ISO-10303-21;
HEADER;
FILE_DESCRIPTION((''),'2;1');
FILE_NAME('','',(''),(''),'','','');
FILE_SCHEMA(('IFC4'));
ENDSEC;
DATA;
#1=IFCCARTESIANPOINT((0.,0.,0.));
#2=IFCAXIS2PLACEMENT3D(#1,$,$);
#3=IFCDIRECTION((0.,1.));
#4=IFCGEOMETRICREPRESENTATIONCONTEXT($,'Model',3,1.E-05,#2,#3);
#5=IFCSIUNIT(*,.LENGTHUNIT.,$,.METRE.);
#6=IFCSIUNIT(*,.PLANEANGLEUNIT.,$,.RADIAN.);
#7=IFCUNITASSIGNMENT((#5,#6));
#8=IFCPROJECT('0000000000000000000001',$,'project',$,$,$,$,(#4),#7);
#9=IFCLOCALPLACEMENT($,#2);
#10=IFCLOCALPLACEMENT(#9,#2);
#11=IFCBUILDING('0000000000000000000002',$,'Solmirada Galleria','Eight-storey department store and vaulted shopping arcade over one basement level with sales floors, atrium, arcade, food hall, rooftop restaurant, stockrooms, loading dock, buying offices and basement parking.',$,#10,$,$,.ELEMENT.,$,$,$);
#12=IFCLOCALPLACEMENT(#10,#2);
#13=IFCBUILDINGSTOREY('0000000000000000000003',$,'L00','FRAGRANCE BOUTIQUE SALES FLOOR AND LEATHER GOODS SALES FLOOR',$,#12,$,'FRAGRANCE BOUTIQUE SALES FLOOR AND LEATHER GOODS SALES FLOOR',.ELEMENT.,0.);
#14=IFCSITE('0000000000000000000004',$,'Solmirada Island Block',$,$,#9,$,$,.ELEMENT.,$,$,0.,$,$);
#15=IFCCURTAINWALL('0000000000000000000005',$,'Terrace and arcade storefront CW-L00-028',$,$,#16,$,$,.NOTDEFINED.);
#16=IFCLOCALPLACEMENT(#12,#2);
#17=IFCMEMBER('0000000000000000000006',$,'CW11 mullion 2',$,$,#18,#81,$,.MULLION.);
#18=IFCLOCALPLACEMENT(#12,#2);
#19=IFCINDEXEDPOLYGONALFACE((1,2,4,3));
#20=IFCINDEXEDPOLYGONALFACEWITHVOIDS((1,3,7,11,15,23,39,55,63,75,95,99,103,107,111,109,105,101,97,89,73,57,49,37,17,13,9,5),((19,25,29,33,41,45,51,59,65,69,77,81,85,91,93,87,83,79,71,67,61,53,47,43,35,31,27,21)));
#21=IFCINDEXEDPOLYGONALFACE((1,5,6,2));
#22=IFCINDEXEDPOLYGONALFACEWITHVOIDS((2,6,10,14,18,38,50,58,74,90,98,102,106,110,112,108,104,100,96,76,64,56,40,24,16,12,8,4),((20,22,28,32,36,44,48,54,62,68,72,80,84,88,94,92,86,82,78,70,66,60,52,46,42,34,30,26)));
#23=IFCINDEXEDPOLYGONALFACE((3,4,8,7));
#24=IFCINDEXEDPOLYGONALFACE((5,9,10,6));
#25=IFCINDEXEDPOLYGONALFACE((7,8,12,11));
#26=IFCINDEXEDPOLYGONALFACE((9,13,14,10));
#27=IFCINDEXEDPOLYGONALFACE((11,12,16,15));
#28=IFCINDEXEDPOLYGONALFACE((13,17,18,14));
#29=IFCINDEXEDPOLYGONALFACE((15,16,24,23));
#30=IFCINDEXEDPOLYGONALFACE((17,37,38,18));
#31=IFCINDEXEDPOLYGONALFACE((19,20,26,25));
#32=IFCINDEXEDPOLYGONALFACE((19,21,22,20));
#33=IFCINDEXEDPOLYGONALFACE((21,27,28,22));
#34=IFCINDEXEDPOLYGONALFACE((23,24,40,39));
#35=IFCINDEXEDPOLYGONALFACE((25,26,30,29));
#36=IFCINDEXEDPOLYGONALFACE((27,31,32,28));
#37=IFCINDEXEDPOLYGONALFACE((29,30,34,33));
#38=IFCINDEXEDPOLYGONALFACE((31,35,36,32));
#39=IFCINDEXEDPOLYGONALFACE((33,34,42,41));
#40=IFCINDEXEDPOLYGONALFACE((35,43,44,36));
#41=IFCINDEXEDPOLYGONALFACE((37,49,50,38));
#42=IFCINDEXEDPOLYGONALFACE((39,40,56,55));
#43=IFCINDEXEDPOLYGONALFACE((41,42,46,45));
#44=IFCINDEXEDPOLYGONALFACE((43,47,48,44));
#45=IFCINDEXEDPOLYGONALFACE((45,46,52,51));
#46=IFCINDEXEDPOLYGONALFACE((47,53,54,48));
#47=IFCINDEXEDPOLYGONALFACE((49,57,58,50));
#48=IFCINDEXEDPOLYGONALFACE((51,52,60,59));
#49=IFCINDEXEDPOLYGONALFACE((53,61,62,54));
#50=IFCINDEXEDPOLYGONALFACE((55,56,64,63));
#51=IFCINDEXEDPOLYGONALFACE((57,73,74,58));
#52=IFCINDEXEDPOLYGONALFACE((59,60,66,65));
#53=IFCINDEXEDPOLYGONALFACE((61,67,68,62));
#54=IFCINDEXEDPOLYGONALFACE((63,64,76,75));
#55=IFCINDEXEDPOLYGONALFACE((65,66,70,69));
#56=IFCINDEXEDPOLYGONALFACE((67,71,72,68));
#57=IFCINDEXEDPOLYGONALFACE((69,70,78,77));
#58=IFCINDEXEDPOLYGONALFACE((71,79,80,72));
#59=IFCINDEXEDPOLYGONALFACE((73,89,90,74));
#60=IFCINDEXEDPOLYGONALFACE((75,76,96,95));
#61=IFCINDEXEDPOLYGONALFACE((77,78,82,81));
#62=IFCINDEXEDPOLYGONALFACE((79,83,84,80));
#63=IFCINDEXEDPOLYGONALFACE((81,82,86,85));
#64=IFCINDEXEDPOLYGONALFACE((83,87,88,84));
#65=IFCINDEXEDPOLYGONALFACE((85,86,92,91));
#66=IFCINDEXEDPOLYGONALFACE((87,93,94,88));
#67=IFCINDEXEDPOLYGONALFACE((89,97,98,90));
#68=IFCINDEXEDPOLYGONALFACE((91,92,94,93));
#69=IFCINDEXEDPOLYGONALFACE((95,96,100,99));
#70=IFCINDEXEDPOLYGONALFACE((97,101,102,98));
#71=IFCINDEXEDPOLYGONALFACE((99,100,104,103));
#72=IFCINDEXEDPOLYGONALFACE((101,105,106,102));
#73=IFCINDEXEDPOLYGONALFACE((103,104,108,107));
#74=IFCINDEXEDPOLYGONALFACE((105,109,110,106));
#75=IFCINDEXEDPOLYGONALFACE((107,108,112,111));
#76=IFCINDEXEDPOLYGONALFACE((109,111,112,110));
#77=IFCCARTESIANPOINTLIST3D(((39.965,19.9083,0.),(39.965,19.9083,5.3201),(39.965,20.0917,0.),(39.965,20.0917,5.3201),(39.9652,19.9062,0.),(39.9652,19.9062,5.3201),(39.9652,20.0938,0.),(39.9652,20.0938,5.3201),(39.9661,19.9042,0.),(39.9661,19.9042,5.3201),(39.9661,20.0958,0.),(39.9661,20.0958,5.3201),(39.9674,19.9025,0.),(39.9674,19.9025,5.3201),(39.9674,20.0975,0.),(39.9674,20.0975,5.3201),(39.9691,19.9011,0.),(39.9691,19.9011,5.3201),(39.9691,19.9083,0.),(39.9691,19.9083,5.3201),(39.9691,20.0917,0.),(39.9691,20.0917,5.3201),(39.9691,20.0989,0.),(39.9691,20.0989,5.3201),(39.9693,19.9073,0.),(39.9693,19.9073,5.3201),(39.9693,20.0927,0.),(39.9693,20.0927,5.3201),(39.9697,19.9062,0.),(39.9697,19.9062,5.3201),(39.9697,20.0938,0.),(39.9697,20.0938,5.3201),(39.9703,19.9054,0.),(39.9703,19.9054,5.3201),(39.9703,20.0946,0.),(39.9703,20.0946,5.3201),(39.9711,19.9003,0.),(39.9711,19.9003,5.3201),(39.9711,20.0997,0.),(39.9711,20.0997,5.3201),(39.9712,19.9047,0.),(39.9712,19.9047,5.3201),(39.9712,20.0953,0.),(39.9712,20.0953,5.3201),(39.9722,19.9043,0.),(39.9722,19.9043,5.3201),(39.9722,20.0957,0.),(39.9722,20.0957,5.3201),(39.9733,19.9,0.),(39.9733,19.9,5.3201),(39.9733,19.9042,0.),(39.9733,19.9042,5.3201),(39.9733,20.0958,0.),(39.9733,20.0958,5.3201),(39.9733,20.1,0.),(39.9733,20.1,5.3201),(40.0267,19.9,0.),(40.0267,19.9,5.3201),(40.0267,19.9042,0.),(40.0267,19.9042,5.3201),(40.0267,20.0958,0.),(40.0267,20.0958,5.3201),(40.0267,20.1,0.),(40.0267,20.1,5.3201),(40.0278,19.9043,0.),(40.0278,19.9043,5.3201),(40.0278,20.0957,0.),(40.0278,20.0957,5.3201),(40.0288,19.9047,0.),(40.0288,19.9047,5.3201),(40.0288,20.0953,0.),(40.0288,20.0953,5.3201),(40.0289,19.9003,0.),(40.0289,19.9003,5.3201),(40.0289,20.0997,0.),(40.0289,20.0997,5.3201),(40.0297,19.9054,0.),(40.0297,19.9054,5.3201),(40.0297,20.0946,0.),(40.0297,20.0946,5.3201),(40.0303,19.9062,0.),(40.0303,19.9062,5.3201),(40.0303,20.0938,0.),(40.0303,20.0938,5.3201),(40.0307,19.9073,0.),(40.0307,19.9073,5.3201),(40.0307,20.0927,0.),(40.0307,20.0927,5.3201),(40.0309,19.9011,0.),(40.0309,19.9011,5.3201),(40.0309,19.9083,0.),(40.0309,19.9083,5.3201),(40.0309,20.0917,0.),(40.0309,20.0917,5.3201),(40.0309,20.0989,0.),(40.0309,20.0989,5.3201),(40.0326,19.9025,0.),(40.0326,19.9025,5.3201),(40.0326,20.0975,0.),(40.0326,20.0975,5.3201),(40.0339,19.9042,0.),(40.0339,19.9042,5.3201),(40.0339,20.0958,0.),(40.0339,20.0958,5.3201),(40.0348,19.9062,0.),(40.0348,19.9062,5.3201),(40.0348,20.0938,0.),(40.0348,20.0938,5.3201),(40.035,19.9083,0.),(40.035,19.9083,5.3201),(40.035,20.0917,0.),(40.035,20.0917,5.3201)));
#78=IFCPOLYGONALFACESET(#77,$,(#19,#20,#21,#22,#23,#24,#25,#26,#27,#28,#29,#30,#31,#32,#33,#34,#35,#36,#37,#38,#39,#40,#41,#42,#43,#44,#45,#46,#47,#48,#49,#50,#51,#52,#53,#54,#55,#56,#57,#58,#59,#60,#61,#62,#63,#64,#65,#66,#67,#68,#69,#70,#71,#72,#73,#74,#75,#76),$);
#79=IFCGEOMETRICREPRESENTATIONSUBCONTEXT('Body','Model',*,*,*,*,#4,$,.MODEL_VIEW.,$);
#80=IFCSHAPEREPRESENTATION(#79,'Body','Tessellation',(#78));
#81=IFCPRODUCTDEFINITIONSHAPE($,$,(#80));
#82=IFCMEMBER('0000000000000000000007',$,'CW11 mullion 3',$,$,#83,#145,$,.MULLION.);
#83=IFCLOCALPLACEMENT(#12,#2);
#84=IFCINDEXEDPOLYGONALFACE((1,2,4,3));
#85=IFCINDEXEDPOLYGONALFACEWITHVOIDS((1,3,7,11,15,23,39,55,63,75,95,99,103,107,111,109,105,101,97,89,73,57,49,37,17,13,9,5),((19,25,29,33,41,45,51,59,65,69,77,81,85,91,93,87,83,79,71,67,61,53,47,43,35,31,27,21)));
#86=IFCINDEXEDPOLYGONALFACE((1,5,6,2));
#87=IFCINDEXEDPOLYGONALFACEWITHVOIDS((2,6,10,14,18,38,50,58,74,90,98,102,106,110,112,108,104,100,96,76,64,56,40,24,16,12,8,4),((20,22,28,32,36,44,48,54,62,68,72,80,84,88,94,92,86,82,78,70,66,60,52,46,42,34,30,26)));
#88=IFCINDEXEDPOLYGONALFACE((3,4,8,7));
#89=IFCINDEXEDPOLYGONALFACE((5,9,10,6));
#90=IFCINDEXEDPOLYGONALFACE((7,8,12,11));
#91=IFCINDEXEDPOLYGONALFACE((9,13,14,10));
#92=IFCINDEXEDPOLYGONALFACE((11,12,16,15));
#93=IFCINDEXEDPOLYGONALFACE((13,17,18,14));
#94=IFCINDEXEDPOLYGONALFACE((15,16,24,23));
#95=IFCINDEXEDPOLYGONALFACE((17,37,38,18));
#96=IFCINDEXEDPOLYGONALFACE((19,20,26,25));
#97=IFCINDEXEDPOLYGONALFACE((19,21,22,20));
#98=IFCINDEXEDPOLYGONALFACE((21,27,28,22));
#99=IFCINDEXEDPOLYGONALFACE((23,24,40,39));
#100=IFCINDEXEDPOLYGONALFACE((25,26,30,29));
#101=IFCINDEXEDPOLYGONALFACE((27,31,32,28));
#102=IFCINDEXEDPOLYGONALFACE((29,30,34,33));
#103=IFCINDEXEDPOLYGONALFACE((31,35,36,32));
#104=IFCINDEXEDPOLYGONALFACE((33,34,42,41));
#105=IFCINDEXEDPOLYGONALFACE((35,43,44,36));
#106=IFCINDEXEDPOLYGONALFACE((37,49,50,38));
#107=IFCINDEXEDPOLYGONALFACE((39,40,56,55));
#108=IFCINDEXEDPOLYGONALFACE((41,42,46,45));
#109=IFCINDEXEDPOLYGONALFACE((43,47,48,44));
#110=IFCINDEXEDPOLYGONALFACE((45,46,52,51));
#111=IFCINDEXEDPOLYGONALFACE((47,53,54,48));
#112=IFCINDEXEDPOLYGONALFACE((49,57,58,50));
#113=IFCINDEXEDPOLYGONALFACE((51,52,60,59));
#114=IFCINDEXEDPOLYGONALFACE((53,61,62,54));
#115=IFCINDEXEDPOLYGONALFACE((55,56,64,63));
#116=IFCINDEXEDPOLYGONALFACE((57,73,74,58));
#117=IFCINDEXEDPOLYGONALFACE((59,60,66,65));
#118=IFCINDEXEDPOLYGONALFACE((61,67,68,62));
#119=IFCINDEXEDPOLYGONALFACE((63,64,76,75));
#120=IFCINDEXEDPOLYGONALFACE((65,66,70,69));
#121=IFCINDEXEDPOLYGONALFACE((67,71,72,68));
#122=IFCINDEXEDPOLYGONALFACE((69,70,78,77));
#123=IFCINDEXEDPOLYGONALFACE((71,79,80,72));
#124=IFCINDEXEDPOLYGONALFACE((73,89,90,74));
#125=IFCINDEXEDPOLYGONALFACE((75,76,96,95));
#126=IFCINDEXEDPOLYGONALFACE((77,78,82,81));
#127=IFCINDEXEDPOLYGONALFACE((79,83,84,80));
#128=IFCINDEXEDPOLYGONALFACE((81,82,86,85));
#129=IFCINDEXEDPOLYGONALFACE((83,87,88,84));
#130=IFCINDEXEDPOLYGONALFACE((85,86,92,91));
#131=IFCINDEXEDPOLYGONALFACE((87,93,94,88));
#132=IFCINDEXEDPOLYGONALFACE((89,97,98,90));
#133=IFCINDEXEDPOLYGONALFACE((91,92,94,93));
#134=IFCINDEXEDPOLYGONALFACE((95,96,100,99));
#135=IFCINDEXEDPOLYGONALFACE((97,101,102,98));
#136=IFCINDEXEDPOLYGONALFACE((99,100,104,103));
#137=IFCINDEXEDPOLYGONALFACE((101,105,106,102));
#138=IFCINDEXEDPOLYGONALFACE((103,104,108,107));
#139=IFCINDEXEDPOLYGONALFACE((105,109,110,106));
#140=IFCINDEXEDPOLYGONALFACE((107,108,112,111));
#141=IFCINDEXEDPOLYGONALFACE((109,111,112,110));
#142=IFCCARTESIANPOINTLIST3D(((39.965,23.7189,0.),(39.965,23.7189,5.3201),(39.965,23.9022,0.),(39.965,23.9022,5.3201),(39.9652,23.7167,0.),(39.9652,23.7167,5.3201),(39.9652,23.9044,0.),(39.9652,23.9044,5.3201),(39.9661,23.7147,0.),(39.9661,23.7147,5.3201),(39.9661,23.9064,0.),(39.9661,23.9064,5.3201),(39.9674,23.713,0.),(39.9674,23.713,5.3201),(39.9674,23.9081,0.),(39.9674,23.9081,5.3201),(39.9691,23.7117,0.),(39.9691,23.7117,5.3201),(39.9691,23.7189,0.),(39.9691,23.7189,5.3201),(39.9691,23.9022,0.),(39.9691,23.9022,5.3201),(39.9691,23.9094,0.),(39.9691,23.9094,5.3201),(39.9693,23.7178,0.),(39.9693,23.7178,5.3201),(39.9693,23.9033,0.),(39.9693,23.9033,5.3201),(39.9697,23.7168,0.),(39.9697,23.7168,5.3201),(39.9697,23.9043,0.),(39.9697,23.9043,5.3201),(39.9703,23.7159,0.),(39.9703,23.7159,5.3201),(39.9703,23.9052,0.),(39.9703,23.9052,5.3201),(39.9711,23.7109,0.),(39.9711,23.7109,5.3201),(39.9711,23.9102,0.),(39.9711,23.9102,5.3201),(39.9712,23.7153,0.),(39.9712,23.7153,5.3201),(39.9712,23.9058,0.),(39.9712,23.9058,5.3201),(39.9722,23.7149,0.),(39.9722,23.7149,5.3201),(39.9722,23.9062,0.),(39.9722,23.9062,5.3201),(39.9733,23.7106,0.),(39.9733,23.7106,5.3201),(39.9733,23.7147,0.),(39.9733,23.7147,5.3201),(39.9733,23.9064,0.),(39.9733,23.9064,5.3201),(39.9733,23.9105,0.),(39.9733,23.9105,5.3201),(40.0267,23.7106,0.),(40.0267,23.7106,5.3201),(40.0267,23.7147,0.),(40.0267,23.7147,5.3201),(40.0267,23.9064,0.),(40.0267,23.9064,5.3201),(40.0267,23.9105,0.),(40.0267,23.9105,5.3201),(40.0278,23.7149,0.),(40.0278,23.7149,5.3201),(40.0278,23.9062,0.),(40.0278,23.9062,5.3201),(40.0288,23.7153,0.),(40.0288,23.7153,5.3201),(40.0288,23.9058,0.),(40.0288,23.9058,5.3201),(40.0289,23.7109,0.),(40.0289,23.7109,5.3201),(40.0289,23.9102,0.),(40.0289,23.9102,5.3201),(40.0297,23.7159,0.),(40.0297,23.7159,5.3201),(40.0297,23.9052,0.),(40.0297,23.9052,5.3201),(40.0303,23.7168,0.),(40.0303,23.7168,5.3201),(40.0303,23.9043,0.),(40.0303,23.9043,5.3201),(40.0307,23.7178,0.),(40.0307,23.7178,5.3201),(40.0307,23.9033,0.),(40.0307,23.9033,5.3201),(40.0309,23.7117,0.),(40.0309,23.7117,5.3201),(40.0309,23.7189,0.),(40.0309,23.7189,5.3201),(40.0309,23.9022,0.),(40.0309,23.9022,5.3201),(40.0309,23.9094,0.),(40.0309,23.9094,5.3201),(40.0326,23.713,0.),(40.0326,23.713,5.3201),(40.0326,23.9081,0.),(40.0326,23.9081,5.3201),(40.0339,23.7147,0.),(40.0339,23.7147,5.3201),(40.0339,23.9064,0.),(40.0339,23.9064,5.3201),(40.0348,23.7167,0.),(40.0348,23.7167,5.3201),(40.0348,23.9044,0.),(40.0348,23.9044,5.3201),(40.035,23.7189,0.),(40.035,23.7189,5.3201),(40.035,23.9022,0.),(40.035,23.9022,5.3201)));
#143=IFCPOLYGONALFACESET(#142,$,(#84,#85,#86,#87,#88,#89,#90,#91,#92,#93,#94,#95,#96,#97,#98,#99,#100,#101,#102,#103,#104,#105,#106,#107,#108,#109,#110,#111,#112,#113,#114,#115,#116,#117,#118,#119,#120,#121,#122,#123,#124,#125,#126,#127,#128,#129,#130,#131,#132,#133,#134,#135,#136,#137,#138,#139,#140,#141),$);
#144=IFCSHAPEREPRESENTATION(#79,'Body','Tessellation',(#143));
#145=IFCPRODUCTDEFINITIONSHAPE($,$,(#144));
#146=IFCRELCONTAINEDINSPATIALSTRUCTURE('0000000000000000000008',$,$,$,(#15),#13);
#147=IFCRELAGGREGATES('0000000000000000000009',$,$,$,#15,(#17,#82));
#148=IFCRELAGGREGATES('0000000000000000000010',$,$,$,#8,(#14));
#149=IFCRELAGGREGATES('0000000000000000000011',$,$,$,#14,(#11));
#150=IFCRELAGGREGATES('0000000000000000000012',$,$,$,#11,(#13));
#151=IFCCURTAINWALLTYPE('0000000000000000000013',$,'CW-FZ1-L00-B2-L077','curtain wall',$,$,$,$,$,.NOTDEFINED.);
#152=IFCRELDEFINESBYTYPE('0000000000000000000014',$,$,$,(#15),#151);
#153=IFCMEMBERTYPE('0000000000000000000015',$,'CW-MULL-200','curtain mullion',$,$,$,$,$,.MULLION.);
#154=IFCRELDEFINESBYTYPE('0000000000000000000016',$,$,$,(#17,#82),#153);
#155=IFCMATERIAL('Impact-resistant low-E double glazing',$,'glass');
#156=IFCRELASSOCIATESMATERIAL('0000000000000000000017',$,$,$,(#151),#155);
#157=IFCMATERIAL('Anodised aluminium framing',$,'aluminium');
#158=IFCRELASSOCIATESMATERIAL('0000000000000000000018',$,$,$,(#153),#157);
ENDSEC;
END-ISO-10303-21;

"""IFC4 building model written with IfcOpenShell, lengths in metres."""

from ifc_helpers import new_model, si_unit, direction, frame, origin, origin_2d, place, context, subcontext, project, spatial, hollow_rectangle, extrude, material, material_profile, profile_set, type_object, element, aggregate, save


model = new_model("IFC4")

# Units and contexts
model_context = context("Model", 3, precision=1e-05, world=origin(), true_north=direction((0.0, 1.0)))
body_context = subcontext(model_context, "Body", "Model", "MODEL_VIEW")
ifc_project = project(units=[si_unit("LENGTHUNIT", "METRE"), si_unit("PLANEANGLEUNIT", "RADIAN")], contexts=[model_context])

# Site, building, storey
site_placement = place(None, origin())
site = spatial("IfcSite", under=ifc_project, at=site_placement, Name="Solmirada Island Block", CompositionType="ELEMENT", RefElevation=0.0)
building_placement = place(site_placement, origin())
building = spatial("IfcBuilding", under=site, at=building_placement, Name="Solmirada Galleria", Description="Eight-storey department store and vaulted shopping arcade over one basement level with sales floors, atrium, arcade, food hall, rooftop restaurant, stockrooms, loading dock, buying offices and basement parking.", CompositionType="ELEMENT")
storey_placement = place(building_placement, origin())
storey = spatial("IfcBuildingStorey", under=building, at=storey_placement, Name="L00", Description="FRAGRANCE BOUTIQUE SALES FLOOR AND LEATHER GOODS SALES FLOOR", LongName="FRAGRANCE BOUTIQUE SALES FLOOR AND LEATHER GOODS SALES FLOOR", CompositionType="ELEMENT", Elevation=0.0)

# Curtain wall, members
ifc_material_1 = material(Name="Impact-resistant low-E double glazing", Category="glass")
curtain_wall_type = type_object("IfcCurtainWallType", Name="CW-FZ1-L00-B2-L077", Description="curtain wall", PredefinedType="NOTDEFINED", material=ifc_material_1)
curtain_wall_placement = place(storey_placement, origin())
curtain_wall = element("IfcCurtainWall", 1, at=curtain_wall_placement, inside=storey, type_object=curtain_wall_type, Name="Terrace and arcade storefront CW-L00-028", PredefinedType="NOTDEFINED")
ifc_material_2 = material(Name="Anodised aluminium framing", Category="aluminium")
ifc_material_profile_1 = material_profile(ifc_material_2, hollow_rectangle(XDim=0.0701, YDim=0.2, WallThickness=0.0042, InnerFilletRadius=0.0042, OuterFilletRadius=0.0083, at=origin_2d()), Name="ALU-MULL-200X70")
ifc_profile_set_1 = profile_set([ifc_material_profile_1], Name="Anodised aluminium framing")
member_type_1 = type_object("IfcMemberType", Name="CW-MULL-200", Description="curtain mullion", PredefinedType="MULLION", material=ifc_profile_set_1)
member_1_placement = place(storey_placement, frame((40.0, 20.0, 0.0), z_axis=(0.0, 0.0, 1.0), x_axis=(-1.0, 0.0, 0.0)))
member_1 = element("IfcMember", 2, at=member_1_placement, type_object=member_type_1, Name="CW11 mullion 2", PredefinedType="MULLION", context=body_context, shape_type="SweptSolid", body=[
    extrude(hollow_rectangle(XDim=0.0701, YDim=0.2, WallThickness=0.0042, InnerFilletRadius=0.0042, OuterFilletRadius=0.0083, at=origin_2d()), origin(), (0.0, 0.0, 1.0), 5.3201),
])
member_2_placement = place(storey_placement, frame((40.0, 23.8105, 0.0), z_axis=(0.0, 0.0, 1.0), x_axis=(-1.0, 0.0, 0.0)))
member_2 = element("IfcMember", 3, at=member_2_placement, type_object=member_type_1, Name="CW11 mullion 3", PredefinedType="MULLION", context=body_context, shape_type="SweptSolid", body=[
    extrude(hollow_rectangle(XDim=0.0701, YDim=0.2, WallThickness=0.0042, InnerFilletRadius=0.0042, OuterFilletRadius=0.0083, at=origin_2d()), origin(), (0.0, 0.0, 1.0), 5.3201),
])
aggregate(curtain_wall, [member_1, member_2])

save(model, "model.ifc")
